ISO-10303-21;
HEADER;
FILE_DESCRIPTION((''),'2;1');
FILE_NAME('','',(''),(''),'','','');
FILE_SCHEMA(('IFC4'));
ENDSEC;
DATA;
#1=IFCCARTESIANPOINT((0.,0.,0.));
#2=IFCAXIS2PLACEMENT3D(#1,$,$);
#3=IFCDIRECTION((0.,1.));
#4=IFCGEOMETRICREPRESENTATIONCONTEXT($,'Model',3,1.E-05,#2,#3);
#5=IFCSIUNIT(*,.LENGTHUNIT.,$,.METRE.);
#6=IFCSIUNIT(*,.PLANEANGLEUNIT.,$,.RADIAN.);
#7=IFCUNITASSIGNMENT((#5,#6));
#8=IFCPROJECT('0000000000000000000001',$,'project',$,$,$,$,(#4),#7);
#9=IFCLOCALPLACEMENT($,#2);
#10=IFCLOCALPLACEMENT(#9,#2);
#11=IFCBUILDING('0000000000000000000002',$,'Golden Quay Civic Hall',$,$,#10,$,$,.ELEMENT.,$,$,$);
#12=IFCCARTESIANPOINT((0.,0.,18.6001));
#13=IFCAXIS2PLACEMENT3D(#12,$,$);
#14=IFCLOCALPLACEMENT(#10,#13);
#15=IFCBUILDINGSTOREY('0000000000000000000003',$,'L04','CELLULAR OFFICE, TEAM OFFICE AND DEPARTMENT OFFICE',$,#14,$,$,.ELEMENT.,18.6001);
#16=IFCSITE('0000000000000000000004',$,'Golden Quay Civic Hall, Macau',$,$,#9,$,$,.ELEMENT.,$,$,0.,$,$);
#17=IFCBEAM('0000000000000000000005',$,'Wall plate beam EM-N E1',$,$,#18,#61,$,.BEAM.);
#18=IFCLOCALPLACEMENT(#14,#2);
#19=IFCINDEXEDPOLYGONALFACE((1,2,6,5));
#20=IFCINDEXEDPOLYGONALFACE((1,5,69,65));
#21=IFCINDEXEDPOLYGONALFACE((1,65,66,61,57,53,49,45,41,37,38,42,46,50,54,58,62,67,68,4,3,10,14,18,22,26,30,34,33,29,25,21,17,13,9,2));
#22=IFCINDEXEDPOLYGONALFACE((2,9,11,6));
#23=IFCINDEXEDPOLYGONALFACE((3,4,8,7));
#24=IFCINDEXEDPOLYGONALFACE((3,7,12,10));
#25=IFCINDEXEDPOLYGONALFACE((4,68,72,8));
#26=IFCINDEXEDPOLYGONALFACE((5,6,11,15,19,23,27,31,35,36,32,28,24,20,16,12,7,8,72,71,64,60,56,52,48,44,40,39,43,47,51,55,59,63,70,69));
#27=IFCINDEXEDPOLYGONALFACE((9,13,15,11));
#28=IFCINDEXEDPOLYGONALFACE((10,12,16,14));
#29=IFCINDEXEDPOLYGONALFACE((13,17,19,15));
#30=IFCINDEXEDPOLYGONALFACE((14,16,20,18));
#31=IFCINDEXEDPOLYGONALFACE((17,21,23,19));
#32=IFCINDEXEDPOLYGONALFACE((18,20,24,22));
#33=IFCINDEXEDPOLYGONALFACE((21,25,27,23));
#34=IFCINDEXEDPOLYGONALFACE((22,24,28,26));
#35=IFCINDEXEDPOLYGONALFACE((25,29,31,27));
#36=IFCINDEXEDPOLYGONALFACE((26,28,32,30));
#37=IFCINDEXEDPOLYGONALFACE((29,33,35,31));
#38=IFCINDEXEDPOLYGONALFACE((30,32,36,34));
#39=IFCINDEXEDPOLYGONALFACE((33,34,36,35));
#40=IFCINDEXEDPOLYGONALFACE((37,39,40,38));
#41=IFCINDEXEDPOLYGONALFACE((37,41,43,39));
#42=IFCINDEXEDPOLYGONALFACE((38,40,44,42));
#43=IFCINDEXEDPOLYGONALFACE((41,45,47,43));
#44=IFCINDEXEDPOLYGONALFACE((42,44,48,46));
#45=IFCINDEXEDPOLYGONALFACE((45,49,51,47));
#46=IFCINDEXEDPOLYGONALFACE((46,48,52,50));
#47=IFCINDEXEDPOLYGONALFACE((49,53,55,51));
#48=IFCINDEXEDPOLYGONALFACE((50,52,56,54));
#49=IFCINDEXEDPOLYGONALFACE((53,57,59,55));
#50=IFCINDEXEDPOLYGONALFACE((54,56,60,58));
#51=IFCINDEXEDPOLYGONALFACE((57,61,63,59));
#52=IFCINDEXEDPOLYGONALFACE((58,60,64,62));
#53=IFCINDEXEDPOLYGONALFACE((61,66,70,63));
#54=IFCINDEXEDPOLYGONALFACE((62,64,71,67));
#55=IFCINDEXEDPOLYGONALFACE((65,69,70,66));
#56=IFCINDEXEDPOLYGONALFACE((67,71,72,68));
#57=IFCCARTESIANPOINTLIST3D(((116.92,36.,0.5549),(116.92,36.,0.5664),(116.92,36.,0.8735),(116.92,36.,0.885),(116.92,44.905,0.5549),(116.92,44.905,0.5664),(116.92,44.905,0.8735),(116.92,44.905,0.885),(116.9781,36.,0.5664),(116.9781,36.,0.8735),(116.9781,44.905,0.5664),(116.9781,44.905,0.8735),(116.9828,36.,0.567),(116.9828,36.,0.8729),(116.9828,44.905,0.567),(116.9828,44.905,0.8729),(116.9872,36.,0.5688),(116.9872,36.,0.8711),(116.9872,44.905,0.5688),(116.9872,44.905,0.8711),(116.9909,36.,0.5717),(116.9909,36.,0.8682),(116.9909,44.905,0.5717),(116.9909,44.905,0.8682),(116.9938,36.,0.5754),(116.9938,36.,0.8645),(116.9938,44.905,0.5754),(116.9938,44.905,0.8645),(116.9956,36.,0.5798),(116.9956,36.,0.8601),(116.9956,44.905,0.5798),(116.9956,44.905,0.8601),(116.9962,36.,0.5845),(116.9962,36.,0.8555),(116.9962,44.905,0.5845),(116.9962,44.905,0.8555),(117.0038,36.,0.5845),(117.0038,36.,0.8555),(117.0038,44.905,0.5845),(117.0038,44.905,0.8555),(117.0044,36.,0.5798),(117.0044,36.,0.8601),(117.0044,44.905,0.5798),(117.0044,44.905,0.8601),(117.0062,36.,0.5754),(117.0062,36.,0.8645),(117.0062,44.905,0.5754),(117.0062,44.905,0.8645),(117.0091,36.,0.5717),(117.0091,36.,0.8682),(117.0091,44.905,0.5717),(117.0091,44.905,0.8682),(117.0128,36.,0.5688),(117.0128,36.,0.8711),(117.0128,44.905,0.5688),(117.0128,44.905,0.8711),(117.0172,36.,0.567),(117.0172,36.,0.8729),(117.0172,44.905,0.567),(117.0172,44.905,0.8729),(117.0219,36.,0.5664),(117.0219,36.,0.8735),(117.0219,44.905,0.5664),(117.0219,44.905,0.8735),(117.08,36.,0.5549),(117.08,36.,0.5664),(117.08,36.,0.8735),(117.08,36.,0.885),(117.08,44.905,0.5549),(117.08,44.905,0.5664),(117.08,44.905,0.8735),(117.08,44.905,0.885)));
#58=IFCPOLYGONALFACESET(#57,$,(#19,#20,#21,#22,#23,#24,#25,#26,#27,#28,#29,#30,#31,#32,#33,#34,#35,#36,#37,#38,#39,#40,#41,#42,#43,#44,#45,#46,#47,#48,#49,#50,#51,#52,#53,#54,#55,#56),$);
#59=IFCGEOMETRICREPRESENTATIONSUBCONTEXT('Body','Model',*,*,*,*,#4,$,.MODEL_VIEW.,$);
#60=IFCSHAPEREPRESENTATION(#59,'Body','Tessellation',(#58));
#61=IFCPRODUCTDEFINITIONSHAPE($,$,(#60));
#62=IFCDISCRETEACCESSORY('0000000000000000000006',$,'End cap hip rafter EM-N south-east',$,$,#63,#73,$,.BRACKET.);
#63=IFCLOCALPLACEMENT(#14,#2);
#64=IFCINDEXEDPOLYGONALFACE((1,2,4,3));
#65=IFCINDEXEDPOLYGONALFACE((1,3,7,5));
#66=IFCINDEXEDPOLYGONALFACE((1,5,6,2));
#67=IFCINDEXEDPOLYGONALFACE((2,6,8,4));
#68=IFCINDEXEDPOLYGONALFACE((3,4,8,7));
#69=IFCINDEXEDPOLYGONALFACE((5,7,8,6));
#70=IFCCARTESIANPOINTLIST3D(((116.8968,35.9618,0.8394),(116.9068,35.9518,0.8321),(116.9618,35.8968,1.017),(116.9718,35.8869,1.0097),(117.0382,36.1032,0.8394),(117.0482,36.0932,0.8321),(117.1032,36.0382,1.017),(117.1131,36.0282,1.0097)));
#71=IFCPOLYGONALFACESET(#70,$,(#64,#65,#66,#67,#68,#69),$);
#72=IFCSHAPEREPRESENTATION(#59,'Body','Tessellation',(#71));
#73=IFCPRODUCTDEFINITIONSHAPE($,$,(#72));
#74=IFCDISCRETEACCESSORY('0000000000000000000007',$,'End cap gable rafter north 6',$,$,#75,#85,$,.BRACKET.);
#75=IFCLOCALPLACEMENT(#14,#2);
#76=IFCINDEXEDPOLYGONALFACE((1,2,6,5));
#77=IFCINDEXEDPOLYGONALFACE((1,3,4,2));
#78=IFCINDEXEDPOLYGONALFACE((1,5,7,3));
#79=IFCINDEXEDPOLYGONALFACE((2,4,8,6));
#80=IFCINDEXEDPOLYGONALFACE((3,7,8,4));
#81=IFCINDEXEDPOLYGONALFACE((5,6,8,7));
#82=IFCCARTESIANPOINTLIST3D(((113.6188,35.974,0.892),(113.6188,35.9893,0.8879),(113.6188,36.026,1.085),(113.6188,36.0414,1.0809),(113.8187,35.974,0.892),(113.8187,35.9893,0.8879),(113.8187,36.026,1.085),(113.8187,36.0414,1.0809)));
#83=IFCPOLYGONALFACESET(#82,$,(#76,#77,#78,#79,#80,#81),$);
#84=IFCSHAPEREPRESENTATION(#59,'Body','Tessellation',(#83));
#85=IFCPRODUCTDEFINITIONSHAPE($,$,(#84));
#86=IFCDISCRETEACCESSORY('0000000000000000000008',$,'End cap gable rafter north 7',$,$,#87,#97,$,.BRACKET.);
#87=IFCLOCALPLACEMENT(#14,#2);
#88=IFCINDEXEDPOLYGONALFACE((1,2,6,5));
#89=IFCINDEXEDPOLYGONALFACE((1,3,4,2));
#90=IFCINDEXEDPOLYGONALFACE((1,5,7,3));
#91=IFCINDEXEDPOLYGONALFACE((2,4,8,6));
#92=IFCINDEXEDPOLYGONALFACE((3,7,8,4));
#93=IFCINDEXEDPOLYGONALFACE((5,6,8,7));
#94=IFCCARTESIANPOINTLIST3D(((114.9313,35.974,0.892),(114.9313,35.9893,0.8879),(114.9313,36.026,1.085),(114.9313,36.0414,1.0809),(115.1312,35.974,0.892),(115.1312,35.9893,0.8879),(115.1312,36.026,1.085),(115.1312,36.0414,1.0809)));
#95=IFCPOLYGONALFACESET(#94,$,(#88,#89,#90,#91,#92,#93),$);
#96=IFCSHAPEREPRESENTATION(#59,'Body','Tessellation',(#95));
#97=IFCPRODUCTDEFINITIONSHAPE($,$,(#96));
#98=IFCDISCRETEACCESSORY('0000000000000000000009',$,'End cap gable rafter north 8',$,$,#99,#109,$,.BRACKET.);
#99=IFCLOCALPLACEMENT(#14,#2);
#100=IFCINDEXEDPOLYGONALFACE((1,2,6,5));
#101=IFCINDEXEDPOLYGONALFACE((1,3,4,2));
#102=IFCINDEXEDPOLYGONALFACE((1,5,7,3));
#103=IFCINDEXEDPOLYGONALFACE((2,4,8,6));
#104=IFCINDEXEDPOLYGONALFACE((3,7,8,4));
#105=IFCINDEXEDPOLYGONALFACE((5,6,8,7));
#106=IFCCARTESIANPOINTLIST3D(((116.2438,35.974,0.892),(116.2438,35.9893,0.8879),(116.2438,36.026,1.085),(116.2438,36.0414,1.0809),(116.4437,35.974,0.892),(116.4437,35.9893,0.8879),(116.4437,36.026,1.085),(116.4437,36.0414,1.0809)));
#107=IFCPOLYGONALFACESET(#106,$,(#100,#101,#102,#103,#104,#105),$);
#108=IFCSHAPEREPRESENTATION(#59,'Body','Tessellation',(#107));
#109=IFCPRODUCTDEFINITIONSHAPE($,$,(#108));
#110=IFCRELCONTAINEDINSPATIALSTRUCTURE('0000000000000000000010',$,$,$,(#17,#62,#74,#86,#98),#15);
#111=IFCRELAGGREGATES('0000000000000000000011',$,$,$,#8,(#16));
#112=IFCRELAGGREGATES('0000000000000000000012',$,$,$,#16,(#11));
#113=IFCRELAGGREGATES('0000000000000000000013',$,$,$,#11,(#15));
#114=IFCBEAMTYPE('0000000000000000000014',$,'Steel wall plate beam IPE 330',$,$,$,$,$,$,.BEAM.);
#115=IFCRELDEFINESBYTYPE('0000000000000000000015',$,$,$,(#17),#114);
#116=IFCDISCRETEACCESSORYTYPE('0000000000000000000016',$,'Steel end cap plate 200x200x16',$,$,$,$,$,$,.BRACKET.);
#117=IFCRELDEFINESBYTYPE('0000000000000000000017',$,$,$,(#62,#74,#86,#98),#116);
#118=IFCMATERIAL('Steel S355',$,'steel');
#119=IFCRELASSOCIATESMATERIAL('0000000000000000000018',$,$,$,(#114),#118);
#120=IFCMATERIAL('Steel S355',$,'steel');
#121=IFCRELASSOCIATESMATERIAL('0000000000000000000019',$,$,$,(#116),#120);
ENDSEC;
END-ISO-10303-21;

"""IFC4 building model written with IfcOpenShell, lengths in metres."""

from ifc_helpers import new_model, si_unit, direction, frame, origin, origin_2d, place, context, subcontext, project, spatial, rectangle, i_section, extrude, material, material_profile, profile_set, type_object, element, save


model = new_model("IFC4")

# Units and contexts
model_context = context("Model", 3, precision=1e-05, world=origin(), true_north=direction((0.0, 1.0)))
body_context = subcontext(model_context, "Body", "Model", "MODEL_VIEW")
ifc_project = project(units=[si_unit("LENGTHUNIT", "METRE"), si_unit("PLANEANGLEUNIT", "RADIAN")], contexts=[model_context])

# Site, building, storey
site_placement = place(None, origin())
site = spatial("IfcSite", under=ifc_project, at=site_placement, Name="Golden Quay Civic Hall, Macau", CompositionType="ELEMENT", RefElevation=0.0)
building_placement = place(site_placement, origin())
building = spatial("IfcBuilding", under=site, at=building_placement, Name="Golden Quay Civic Hall", CompositionType="ELEMENT")
storey_placement = place(building_placement, frame((0.0, 0.0, 18.6001)))
storey = spatial("IfcBuildingStorey", under=building, at=storey_placement, Name="L04", Description="CELLULAR OFFICE, TEAM OFFICE AND DEPARTMENT OFFICE", CompositionType="ELEMENT", Elevation=18.6001)

# Beam
ifc_material_1 = material(Name="Steel S355", Category="steel")
ifc_material_profile_1 = material_profile(ifc_material_1, i_section(OverallWidth=0.1599, OverallDepth=0.3301, WebThickness=0.0076, FlangeThickness=0.0115, FilletRadius=0.0181, at=origin_2d()), Name="IPE 330")
ifc_profile_set_1 = profile_set([ifc_material_profile_1], Name="Steel S355")
beam_type_1 = type_object("IfcBeamType", Name="Steel wall plate beam IPE 330", PredefinedType="BEAM", material=ifc_profile_set_1)
beam_placement = place(storey_placement, frame((117.0, 36.0, 0.72), z_axis=(0.0, 1.0, 0.0), x_axis=(-1.0, 0.0, 0.0)))
element("IfcBeam", 1, at=beam_placement, inside=storey, type_object=beam_type_1, Name="Wall plate beam EM-N E1", PredefinedType="BEAM", context=body_context, shape_type="SweptSolid", body=[
    extrude(i_section(OverallWidth=0.1599, OverallDepth=0.3301, WebThickness=0.0076, FlangeThickness=0.0115, FilletRadius=0.0181, at=origin_2d()), origin(), (0.0, 0.0, 1.0), 8.905),
])

# Discrete accessories
ifc_material_2 = material(Name="Steel S355", Category="steel")
ifc_material_profile_2 = material_profile(ifc_material_2, rectangle(XDim=0.2, YDim=0.2, at=origin_2d()), Name="Steel end cap plate 200x200x16")
ifc_profile_set_2 = profile_set([ifc_material_profile_2], Name="Steel S355")
discrete_accessory_type = type_object("IfcDiscreteAccessoryType", Name="Steel end cap plate 200x200x16", PredefinedType="BRACKET", material=ifc_profile_set_2)
for number, where, z_axis, x_axis, name in (
    (2, (117.0, 36.0, 0.9282), (0.628025, -0.628025, -0.459531), (0.707107, 0.707107, 0.0), "End cap hip rafter EM-N south-east"),
    (3, (113.7188, 36.0, 0.9885), (0.0, 0.965468, -0.260523), (-1.0, 0.0, 0.0), "End cap gable rafter north 6"),
    (4, (115.0312, 36.0, 0.9885), (0.0, 0.965468, -0.260523), (-1.0, 0.0, 0.0), "End cap gable rafter north 7"),
    (5, (116.3438, 36.0, 0.9885), (0.0, 0.965468, -0.260523), (-1.0, 0.0, 0.0), "End cap gable rafter north 8"),
):
    element("IfcDiscreteAccessory", number, at=place(storey_placement, frame(where, z_axis=z_axis, x_axis=x_axis)), inside=storey, type_object=discrete_accessory_type, Name=name, PredefinedType="BRACKET", context=body_context, shape_type="SweptSolid", body=[
        extrude(rectangle(XDim=0.2, YDim=0.2, at=origin_2d()), origin(), (0.0, 0.0, 1.0), 0.0159),
    ])

save(model, "model.ifc")
